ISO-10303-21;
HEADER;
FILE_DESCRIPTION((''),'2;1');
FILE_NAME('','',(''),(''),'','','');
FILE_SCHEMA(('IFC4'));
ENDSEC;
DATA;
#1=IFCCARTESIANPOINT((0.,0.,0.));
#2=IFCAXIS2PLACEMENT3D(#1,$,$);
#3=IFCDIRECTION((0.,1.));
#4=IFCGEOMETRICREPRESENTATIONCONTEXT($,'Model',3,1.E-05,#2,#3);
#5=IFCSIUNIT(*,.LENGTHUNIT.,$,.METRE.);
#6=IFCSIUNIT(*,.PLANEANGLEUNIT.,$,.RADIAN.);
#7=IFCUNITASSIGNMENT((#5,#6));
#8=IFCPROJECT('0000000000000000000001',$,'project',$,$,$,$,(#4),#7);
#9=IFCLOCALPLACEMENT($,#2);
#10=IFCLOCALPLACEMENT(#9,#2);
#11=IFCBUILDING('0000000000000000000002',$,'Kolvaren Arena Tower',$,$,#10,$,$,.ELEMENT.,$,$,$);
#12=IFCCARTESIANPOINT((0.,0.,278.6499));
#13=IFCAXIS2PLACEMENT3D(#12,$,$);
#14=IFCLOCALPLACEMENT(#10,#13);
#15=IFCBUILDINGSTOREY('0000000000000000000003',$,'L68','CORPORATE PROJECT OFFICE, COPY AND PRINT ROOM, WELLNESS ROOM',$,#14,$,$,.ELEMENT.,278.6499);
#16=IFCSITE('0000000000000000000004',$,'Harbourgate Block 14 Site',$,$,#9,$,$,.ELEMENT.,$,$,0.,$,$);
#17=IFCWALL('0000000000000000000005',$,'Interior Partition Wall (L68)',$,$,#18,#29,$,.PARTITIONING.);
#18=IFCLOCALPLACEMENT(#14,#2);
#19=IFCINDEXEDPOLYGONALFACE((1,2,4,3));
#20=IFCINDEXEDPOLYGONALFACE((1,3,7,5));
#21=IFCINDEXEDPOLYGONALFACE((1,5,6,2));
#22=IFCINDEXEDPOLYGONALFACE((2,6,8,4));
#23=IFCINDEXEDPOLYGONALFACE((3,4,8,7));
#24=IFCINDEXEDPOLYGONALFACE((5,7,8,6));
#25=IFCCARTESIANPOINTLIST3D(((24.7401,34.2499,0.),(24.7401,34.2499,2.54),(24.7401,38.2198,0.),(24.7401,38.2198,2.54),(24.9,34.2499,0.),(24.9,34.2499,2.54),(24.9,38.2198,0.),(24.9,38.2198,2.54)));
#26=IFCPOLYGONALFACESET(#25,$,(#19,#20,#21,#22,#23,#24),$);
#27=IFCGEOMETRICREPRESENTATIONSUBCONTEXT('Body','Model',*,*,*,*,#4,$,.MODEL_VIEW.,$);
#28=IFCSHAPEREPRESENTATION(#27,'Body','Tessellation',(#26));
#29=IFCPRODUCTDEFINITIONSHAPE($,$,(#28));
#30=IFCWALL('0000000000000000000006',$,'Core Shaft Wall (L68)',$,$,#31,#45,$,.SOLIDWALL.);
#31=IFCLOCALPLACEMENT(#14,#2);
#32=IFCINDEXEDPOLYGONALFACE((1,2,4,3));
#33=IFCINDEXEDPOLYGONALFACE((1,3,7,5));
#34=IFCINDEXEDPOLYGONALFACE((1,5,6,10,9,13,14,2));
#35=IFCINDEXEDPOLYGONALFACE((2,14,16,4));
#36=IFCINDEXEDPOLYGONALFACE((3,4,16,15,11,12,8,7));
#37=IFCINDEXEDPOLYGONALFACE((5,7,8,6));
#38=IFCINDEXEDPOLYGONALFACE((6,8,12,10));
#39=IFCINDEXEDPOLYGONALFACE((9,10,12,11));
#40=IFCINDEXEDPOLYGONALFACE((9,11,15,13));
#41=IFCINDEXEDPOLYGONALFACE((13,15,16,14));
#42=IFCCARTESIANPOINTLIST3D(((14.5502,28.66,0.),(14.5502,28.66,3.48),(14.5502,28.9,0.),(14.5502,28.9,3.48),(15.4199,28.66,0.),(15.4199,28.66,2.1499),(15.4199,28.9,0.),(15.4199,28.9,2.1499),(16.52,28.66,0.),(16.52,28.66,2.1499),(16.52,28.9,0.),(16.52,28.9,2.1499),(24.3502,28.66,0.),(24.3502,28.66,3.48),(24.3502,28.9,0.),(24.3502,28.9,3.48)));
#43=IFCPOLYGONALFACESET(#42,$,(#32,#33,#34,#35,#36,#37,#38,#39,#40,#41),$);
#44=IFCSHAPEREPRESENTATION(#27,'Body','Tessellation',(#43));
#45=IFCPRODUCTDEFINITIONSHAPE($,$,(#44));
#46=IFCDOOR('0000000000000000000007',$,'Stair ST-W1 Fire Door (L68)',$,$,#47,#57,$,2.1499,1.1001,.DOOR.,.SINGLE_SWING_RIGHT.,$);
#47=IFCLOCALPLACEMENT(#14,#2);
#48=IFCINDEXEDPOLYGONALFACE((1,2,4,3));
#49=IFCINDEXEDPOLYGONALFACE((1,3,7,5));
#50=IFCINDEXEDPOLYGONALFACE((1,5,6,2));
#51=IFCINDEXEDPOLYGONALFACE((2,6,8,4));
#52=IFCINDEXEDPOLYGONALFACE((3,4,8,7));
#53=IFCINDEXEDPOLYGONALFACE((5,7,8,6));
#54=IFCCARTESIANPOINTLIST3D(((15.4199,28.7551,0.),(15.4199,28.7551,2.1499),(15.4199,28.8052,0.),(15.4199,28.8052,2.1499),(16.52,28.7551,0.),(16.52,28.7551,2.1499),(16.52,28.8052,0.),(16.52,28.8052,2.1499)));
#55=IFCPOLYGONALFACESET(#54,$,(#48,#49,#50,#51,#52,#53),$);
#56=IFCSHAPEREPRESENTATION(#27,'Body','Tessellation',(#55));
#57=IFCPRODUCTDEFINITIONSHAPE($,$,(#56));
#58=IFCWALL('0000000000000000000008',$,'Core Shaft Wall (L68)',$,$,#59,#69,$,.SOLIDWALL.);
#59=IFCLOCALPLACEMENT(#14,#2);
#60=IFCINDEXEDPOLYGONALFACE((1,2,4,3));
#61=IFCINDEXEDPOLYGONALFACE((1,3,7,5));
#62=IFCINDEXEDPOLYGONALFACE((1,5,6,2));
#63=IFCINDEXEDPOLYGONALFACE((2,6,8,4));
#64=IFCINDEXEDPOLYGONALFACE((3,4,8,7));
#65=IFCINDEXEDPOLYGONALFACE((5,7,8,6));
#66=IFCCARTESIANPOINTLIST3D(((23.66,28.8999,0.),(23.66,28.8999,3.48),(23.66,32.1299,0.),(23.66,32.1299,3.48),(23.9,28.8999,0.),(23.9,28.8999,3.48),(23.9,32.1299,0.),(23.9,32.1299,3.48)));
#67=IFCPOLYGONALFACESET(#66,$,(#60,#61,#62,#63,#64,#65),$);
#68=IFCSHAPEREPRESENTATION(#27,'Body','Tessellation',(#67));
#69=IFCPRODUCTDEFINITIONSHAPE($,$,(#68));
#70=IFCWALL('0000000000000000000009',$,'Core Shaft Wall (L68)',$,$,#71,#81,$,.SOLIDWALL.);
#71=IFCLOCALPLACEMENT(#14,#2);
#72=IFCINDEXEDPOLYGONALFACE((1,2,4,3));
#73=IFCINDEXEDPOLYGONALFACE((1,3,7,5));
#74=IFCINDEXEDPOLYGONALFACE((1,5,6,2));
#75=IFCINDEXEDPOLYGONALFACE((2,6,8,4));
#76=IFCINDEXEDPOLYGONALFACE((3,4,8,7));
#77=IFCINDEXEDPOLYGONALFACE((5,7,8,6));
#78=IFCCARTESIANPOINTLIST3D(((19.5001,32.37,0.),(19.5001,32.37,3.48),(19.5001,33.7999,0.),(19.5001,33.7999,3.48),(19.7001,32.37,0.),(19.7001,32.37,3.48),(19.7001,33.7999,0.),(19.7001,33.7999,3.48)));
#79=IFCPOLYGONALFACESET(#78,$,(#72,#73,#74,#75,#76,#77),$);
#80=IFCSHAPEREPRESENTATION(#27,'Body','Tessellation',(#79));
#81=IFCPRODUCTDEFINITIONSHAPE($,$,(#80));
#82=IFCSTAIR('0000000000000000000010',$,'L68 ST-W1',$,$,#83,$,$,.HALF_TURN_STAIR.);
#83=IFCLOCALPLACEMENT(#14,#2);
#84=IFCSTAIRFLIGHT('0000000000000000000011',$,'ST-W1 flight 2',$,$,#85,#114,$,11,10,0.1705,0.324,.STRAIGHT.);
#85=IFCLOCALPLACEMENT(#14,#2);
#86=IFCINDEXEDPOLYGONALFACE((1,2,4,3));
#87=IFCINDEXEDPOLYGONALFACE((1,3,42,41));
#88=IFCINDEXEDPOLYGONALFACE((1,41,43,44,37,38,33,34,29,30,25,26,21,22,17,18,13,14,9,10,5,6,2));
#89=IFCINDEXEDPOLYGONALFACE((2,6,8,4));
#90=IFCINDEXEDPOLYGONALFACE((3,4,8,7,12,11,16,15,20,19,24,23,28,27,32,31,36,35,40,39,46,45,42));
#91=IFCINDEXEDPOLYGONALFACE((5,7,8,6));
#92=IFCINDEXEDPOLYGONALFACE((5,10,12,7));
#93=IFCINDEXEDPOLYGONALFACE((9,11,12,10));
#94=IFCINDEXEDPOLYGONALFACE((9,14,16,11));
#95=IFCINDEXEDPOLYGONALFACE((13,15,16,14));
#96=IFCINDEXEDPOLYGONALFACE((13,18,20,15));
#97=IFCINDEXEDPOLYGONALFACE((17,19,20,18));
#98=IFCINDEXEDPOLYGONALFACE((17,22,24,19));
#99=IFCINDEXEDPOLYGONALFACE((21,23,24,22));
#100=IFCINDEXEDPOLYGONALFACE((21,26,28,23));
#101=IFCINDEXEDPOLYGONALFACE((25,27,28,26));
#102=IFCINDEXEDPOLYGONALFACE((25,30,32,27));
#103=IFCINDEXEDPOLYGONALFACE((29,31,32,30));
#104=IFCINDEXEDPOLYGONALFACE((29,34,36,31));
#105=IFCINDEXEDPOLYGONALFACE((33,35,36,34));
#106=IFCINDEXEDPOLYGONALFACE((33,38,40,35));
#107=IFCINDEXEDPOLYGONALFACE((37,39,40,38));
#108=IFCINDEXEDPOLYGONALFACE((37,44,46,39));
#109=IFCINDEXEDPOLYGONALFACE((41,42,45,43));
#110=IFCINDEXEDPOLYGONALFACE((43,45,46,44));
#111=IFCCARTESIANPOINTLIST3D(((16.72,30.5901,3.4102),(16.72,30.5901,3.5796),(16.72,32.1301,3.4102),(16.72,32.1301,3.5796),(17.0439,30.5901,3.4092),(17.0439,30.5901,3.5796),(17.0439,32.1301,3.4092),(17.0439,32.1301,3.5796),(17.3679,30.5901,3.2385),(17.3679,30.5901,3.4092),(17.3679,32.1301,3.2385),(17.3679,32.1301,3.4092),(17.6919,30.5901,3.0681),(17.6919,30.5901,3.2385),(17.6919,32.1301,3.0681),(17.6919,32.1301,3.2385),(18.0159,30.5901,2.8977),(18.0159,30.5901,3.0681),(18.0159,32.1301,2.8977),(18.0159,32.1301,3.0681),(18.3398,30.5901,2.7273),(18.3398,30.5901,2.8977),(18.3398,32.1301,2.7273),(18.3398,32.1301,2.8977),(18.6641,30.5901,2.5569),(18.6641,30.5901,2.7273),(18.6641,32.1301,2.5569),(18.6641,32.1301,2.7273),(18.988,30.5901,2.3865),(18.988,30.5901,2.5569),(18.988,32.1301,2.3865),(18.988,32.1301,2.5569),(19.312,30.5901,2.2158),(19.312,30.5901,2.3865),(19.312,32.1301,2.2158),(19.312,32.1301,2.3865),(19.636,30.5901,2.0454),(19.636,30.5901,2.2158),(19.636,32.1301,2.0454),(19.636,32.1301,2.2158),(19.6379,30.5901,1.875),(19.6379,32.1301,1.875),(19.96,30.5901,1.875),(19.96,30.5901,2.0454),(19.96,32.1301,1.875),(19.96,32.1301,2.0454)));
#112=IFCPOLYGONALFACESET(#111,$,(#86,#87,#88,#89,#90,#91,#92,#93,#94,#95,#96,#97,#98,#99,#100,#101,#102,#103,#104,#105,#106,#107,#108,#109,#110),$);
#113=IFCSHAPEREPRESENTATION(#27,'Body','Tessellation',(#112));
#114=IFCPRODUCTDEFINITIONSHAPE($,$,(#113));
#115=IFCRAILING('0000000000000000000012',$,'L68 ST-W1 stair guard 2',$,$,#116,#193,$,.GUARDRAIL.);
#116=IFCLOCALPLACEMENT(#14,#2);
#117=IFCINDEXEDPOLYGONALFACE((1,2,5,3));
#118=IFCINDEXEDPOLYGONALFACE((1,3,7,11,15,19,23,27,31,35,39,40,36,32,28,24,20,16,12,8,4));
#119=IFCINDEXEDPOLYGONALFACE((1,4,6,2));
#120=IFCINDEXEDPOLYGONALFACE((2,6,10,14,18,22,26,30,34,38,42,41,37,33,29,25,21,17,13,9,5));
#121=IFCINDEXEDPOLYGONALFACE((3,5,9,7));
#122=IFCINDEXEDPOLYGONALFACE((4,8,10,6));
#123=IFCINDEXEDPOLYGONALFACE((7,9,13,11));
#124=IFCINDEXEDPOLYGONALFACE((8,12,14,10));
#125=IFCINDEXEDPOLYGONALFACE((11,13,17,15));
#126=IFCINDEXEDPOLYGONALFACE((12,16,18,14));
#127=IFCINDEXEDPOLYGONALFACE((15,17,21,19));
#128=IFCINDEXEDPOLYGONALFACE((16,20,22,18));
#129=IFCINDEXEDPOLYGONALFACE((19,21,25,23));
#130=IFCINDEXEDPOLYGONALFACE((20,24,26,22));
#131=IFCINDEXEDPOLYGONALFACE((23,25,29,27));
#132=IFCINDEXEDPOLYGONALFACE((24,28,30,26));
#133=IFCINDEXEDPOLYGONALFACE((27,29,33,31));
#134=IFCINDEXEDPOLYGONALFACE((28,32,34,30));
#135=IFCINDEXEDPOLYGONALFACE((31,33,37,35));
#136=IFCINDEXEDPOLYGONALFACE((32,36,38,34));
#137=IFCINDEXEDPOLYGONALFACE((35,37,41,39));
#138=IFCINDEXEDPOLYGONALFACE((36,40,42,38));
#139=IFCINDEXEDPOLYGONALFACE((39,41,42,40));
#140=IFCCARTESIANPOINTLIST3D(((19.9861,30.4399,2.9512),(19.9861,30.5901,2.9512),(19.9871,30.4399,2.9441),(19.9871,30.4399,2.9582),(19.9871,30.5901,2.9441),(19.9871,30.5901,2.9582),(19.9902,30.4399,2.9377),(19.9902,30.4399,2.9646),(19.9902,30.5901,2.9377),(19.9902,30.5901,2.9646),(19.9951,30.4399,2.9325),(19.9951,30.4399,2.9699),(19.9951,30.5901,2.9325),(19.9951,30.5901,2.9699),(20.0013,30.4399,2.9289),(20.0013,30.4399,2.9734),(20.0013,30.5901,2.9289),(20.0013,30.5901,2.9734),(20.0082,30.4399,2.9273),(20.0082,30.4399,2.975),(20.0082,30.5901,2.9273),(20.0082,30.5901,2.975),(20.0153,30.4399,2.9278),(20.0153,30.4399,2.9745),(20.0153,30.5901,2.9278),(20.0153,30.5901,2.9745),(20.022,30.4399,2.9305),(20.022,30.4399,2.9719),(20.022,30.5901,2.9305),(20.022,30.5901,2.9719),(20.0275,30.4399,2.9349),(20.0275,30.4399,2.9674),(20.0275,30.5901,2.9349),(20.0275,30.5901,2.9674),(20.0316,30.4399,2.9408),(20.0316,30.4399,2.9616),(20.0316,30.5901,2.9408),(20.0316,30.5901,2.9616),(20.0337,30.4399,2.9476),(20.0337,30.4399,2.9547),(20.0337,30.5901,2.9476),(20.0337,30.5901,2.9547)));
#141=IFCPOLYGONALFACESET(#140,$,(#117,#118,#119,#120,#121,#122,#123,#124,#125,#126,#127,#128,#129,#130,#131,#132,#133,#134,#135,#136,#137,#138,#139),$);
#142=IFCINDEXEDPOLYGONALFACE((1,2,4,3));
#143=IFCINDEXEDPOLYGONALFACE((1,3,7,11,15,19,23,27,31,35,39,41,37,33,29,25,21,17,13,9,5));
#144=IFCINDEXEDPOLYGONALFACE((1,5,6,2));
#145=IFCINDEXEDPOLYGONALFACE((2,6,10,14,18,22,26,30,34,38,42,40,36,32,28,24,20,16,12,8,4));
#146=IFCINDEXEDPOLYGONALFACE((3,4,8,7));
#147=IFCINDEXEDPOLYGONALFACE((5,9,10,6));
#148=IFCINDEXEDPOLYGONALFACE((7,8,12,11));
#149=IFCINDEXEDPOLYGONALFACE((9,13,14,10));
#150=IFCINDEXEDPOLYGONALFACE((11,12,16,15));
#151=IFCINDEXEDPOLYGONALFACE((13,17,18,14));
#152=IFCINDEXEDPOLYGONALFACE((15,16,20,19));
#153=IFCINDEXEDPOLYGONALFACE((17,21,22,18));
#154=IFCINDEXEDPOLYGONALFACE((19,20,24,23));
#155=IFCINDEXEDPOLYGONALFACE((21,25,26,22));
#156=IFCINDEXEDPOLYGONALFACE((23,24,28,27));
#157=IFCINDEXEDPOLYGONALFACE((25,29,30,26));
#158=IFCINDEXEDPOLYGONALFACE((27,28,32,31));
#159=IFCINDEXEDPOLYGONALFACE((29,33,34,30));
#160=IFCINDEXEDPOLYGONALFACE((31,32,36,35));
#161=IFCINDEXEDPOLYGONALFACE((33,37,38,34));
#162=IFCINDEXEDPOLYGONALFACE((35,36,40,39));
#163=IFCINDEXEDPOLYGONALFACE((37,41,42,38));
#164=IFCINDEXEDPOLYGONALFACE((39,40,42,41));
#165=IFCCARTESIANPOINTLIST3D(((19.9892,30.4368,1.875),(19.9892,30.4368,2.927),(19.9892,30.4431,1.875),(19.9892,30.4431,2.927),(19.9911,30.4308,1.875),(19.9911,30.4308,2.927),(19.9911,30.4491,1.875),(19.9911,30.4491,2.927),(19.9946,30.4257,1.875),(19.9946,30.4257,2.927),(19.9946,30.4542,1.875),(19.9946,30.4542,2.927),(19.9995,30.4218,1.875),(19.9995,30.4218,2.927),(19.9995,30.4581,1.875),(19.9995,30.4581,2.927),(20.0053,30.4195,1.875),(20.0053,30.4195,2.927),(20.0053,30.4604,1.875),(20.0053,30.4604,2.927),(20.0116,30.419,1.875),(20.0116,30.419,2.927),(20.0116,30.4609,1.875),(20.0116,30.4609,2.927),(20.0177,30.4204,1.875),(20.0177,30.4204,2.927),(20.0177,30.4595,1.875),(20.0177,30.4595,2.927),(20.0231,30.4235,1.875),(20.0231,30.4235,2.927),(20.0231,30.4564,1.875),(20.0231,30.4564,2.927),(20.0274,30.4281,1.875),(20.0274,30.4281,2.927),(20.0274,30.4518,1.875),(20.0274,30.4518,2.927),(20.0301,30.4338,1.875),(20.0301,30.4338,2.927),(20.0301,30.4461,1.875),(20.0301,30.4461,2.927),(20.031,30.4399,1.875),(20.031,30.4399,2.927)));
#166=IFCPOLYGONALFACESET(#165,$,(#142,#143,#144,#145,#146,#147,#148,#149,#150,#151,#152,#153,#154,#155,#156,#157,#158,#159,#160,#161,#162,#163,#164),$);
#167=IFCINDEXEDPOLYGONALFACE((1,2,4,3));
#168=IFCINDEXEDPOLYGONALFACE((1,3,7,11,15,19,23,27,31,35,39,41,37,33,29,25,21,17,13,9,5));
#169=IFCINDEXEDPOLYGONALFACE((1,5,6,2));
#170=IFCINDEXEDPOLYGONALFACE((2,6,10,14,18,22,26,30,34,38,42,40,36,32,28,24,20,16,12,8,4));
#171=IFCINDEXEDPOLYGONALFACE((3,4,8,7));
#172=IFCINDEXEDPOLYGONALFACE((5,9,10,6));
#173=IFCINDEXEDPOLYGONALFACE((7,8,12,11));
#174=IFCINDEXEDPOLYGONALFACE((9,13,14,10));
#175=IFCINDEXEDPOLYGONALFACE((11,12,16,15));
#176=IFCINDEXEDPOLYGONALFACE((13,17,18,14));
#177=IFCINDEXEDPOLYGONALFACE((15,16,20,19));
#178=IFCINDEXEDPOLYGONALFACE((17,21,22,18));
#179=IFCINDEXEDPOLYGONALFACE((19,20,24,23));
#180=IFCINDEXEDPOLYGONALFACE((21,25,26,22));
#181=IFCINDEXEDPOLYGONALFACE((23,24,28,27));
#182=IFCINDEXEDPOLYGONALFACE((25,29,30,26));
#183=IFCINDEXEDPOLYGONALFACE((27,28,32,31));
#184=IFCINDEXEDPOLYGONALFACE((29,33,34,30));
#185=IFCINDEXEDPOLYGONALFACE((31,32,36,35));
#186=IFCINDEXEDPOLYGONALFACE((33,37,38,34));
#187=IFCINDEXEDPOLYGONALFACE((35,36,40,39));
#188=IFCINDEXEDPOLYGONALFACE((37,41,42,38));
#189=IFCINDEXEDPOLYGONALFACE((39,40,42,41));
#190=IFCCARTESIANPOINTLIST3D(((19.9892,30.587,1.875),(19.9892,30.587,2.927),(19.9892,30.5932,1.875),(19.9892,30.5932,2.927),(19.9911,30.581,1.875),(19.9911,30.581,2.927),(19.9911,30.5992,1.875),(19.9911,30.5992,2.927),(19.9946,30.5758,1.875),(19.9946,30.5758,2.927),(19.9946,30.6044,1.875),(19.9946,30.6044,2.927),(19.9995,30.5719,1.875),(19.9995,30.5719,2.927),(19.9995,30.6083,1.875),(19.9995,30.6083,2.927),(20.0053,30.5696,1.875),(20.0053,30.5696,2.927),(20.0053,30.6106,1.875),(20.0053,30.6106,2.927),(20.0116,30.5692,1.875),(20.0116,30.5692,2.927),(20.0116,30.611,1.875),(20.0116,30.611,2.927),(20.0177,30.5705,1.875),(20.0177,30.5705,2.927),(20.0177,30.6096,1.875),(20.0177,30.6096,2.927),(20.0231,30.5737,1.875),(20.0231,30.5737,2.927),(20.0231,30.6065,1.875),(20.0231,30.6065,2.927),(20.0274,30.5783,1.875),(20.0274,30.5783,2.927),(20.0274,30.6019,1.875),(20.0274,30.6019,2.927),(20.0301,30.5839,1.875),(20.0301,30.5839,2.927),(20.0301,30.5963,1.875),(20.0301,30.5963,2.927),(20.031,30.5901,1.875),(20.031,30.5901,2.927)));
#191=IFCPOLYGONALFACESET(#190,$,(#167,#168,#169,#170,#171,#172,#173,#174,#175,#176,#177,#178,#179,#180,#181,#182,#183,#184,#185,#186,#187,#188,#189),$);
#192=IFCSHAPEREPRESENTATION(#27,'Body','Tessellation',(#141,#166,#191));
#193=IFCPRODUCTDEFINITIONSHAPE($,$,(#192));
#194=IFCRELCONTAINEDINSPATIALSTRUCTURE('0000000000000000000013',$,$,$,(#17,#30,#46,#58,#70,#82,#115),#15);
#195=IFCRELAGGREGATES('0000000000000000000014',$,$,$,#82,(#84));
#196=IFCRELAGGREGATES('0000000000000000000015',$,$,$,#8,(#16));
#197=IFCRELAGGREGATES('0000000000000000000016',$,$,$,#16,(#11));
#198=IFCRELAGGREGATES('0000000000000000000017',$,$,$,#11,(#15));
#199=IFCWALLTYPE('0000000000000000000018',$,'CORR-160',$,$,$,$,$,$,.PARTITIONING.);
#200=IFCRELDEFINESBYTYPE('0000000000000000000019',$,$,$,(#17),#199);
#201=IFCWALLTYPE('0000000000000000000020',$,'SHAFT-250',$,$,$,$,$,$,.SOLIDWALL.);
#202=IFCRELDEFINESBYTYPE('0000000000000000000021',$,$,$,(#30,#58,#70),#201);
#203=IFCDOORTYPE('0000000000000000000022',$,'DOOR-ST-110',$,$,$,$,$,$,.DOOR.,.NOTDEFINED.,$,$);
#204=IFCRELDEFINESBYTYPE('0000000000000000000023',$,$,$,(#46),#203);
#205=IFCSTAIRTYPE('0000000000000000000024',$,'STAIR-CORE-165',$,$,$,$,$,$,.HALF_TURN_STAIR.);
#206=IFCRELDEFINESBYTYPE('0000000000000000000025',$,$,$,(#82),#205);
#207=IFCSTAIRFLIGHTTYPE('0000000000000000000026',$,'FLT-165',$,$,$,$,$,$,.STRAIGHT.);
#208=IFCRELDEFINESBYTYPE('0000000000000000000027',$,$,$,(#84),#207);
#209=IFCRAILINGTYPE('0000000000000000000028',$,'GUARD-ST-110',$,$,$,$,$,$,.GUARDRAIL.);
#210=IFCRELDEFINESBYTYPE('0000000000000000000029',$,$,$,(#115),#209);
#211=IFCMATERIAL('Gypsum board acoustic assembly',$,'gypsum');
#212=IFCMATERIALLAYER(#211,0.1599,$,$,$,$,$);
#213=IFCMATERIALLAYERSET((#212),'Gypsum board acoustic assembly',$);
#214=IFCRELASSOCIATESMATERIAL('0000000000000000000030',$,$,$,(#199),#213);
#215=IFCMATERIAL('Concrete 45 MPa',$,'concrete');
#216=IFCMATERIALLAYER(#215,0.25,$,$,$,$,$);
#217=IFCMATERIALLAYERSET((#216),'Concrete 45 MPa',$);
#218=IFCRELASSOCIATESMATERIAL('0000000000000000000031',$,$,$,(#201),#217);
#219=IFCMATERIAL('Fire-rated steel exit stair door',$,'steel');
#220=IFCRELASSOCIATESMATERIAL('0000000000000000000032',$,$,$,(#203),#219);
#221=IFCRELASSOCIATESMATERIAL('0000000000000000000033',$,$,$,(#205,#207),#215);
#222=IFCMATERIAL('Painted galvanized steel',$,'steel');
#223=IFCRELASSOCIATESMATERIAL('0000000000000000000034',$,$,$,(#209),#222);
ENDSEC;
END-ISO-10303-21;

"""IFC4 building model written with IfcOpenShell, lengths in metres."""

from ifc_helpers import new_model, si_unit, direction, frame, frame_2d, origin, origin_2d, place, context, subcontext, project, spatial, polyline, rectangle, circle, outline, extrude, material, layer, layer_set, type_object, element, fill, aggregate, save


model = new_model("IFC4")

# Units and contexts
model_context = context("Model", 3, precision=1e-05, world=origin(), true_north=direction((0.0, 1.0)))
body_context = subcontext(model_context, "Body", "Model", "MODEL_VIEW")
ifc_project = project(units=[si_unit("LENGTHUNIT", "METRE"), si_unit("PLANEANGLEUNIT", "RADIAN")], contexts=[model_context])

# Site, building, storey
site_placement = place(None, origin())
site = spatial("IfcSite", under=ifc_project, at=site_placement, Name="Harbourgate Block 14 Site", CompositionType="ELEMENT", RefElevation=0.0)
building_placement = place(site_placement, origin())
building = spatial("IfcBuilding", under=site, at=building_placement, Name="Kolvaren Arena Tower", CompositionType="ELEMENT")
storey_placement = place(building_placement, frame((0.0, 0.0, 278.6499)))
storey = spatial("IfcBuildingStorey", under=building, at=storey_placement, Name="L68", Description="CORPORATE PROJECT OFFICE, COPY AND PRINT ROOM, WELLNESS ROOM", CompositionType="ELEMENT", Elevation=278.6499)

# Wall
ifc_material_1 = material(Name="Gypsum board acoustic assembly", Category="gypsum")
ifc_layer_1 = layer(ifc_material_1, 0.1599)
ifc_layer_set_1 = layer_set([ifc_layer_1], Name="Gypsum board acoustic assembly")
wall_type_1 = type_object("IfcWallType", Name="CORR-160", PredefinedType="PARTITIONING", material=ifc_layer_set_1)
wall_1_placement = place(storey_placement, frame((24.8201, 34.25, 0.0), z_axis=(0.0, 0.0, 1.0), x_axis=(0.0, 1.0, 0.0)))
element("IfcWall", 1, at=wall_1_placement, inside=storey, type_object=wall_type_1, Name="Interior Partition Wall (L68)", PredefinedType="PARTITIONING", context=body_context, shape_type="SweptSolid", body=[
    extrude(rectangle(XDim=3.97, YDim=0.1599, at=frame_2d((1.9849, 0.0))), origin(), (0.0, 0.0, 1.0), 2.54),
])

# Wall, opening, door
ifc_material_2 = material(Name="Concrete 45 MPa", Category="concrete")
ifc_layer_2 = layer(ifc_material_2, 0.25)
ifc_layer_set_2 = layer_set([ifc_layer_2], Name="Concrete 45 MPa")
wall_type_2 = type_object("IfcWallType", Name="SHAFT-250", PredefinedType="SOLIDWALL", material=ifc_layer_set_2)
wall_2_placement = place(storey_placement, frame((24.3501, 28.78, 0.0), z_axis=(0.0, 0.0, 1.0), x_axis=(-1.0, 0.0, 0.0)))
wall_2 = element("IfcWall", 2, at=wall_2_placement, inside=storey, type_object=wall_type_2, Name="Core Shaft Wall (L68)", PredefinedType="SOLIDWALL", context=body_context, shape_type="SweptSolid", body=[
    extrude(rectangle(XDim=9.8, YDim=0.24, at=frame_2d((4.8999, 0.0))), origin(), (0.0, 0.0, 1.0), 3.48),
])
opening_placement = place(wall_2_placement, frame((7.8301, 0.0, 0.0)))
opening = element("IfcOpeningElement", 3, at=opening_placement, cuts=wall_2, PredefinedType="OPENING", context=body_context, shape_type="SweptSolid", body=[
    extrude(rectangle(XDim=1.1001, YDim=2.1499, at=frame_2d((0.55, 1.075))), frame((0.0, 0.1299, 0.0), z_axis=(0.0, -1.0, 0.0), x_axis=(1.0, 0.0, 0.0)), (0.0, 0.0, 1.0), 0.26),
])
ifc_material_3 = material(Name="Fire-rated steel exit stair door", Category="steel")
door_type = type_object("IfcDoorType", Name="DOOR-ST-110", OperationType="NOTDEFINED", PredefinedType="DOOR", material=ifc_material_3)
door_placement = place(opening_placement, origin())
door = element("IfcDoor", 4, at=door_placement, inside=storey, type_object=door_type, Name="Stair ST-W1 Fire Door (L68)", OperationType="SINGLE_SWING_RIGHT", OverallHeight=2.1499, OverallWidth=1.1001, PredefinedType="DOOR", context=body_context, shape_type="SweptSolid", body=[
    extrude(rectangle(XDim=1.1001, YDim=2.1499, at=frame_2d((0.55, 1.075))), frame((0.0, 0.0249, 0.0), z_axis=(0.0, -1.0, 0.0), x_axis=(1.0, 0.0, 0.0)), (0.0, 0.0, 1.0), 0.05),
])
fill(opening, door)

# Walls
wall_3_placement = place(storey_placement, frame((23.78, 28.8999, 0.0), z_axis=(0.0, 0.0, 1.0), x_axis=(0.0, 1.0, 0.0)))
element("IfcWall", 5, at=wall_3_placement, inside=storey, type_object=wall_type_2, Name="Core Shaft Wall (L68)", PredefinedType="SOLIDWALL", context=body_context, shape_type="SweptSolid", body=[
    extrude(rectangle(XDim=3.23, YDim=0.24, at=frame_2d((1.615, 0.0))), origin(), (0.0, 0.0, 1.0), 3.48),
])
wall_4_placement = place(storey_placement, frame((19.6001, 32.3701, 0.0), z_axis=(0.0, 0.0, 1.0), x_axis=(0.0, 1.0, 0.0)))
element("IfcWall", 6, at=wall_4_placement, inside=storey, type_object=wall_type_2, Name="Core Shaft Wall (L68)", PredefinedType="SOLIDWALL", context=body_context, shape_type="SweptSolid", body=[
    extrude(rectangle(XDim=1.4299, YDim=0.2, at=frame_2d((0.7148, 0.0))), origin(), (0.0, 0.0, 1.0), 3.48),
])

# Stair, stair flight
stair_type = type_object("IfcStairType", Name="STAIR-CORE-165", PredefinedType="HALF_TURN_STAIR", material=ifc_material_2)
stair_placement = place(storey_placement, origin())
stair = element("IfcStair", 7, at=stair_placement, inside=storey, type_object=stair_type, Name="L68 ST-W1", PredefinedType="HALF_TURN_STAIR")
stair_flight_type = type_object("IfcStairFlightType", Name="FLT-165", PredefinedType="STRAIGHT", material=ifc_material_2)
stair_flight_placement = place(storey_placement, frame((19.96, 31.3601, 1.875), z_axis=(0.0, 0.0, 1.0), x_axis=(-1.0, 0.0, 0.0)))
stair_flight = element("IfcStairFlight", 8, at=stair_flight_placement, type_object=stair_flight_type, Name="ST-W1 flight 2", NumberOfRisers=11, NumberOfTreads=10, PredefinedType="STRAIGHT", RiserHeight=0.1705, TreadLength=0.324, context=body_context, shape_type="SweptSolid", body=[
    extrude(outline(polyline([(0.0, 0.0), (0.0, 0.1704), (0.324, 0.1704), (0.324, 0.3408), (0.6479, 0.3408), (0.6479, 0.5115), (0.9719, 0.5115), (0.9719, 0.6819), (1.2959, 0.6819), (1.2959, 0.8523), (1.6201, 0.8523), (1.6201, 1.0227), (1.9441, 1.0227), (1.9441, 1.1931), (2.2681, 1.1931), (2.2681, 1.3635), (2.592, 1.3635), (2.592, 1.5342), (2.916, 1.5342), (2.916, 1.7046), (3.24, 1.7046), (3.24, 1.875), (3.24, 1.5352), (0.322, 0.0), (0.0, 0.0)])), frame((0.0, 0.77, 0.0), z_axis=(0.0, -1.0, 0.0), x_axis=(1.0, 0.0, 0.0)), (0.0, 0.0, 1.0), 1.54),
])
aggregate(stair, [stair_flight])

# Railing
ifc_material_4 = material(Name="Painted galvanized steel", Category="steel")
railing_type_1 = type_object("IfcRailingType", Name="GUARD-ST-110", PredefinedType="GUARDRAIL", material=ifc_material_4)
railing_1_placement = place(storey_placement, frame((20.01, 30.4399, 1.875)))
element("IfcRailing", 9, at=railing_1_placement, inside=storey, type_object=railing_type_1, Name="L68 ST-W1 stair guard 2", PredefinedType="GUARDRAIL", context=body_context, shape_type="SweptSolid", body=[
    extrude(circle(Radius=0.0239, at=origin_2d()), frame((0.0, 0.0, 1.0762), z_axis=(0.0, 1.0, 0.0), x_axis=(-1.0, 0.0, 0.0)), (0.0, 0.0, 1.0), 0.1501),
    extrude(circle(Radius=0.021, at=origin_2d()), origin(), (0.0, 0.0, 1.0), 1.052),
    extrude(circle(Radius=0.021, at=origin_2d()), frame((0.0, 0.1501, 0.0)), (0.0, 0.0, 1.0), 1.052),
])

save(model, "model.ifc")
